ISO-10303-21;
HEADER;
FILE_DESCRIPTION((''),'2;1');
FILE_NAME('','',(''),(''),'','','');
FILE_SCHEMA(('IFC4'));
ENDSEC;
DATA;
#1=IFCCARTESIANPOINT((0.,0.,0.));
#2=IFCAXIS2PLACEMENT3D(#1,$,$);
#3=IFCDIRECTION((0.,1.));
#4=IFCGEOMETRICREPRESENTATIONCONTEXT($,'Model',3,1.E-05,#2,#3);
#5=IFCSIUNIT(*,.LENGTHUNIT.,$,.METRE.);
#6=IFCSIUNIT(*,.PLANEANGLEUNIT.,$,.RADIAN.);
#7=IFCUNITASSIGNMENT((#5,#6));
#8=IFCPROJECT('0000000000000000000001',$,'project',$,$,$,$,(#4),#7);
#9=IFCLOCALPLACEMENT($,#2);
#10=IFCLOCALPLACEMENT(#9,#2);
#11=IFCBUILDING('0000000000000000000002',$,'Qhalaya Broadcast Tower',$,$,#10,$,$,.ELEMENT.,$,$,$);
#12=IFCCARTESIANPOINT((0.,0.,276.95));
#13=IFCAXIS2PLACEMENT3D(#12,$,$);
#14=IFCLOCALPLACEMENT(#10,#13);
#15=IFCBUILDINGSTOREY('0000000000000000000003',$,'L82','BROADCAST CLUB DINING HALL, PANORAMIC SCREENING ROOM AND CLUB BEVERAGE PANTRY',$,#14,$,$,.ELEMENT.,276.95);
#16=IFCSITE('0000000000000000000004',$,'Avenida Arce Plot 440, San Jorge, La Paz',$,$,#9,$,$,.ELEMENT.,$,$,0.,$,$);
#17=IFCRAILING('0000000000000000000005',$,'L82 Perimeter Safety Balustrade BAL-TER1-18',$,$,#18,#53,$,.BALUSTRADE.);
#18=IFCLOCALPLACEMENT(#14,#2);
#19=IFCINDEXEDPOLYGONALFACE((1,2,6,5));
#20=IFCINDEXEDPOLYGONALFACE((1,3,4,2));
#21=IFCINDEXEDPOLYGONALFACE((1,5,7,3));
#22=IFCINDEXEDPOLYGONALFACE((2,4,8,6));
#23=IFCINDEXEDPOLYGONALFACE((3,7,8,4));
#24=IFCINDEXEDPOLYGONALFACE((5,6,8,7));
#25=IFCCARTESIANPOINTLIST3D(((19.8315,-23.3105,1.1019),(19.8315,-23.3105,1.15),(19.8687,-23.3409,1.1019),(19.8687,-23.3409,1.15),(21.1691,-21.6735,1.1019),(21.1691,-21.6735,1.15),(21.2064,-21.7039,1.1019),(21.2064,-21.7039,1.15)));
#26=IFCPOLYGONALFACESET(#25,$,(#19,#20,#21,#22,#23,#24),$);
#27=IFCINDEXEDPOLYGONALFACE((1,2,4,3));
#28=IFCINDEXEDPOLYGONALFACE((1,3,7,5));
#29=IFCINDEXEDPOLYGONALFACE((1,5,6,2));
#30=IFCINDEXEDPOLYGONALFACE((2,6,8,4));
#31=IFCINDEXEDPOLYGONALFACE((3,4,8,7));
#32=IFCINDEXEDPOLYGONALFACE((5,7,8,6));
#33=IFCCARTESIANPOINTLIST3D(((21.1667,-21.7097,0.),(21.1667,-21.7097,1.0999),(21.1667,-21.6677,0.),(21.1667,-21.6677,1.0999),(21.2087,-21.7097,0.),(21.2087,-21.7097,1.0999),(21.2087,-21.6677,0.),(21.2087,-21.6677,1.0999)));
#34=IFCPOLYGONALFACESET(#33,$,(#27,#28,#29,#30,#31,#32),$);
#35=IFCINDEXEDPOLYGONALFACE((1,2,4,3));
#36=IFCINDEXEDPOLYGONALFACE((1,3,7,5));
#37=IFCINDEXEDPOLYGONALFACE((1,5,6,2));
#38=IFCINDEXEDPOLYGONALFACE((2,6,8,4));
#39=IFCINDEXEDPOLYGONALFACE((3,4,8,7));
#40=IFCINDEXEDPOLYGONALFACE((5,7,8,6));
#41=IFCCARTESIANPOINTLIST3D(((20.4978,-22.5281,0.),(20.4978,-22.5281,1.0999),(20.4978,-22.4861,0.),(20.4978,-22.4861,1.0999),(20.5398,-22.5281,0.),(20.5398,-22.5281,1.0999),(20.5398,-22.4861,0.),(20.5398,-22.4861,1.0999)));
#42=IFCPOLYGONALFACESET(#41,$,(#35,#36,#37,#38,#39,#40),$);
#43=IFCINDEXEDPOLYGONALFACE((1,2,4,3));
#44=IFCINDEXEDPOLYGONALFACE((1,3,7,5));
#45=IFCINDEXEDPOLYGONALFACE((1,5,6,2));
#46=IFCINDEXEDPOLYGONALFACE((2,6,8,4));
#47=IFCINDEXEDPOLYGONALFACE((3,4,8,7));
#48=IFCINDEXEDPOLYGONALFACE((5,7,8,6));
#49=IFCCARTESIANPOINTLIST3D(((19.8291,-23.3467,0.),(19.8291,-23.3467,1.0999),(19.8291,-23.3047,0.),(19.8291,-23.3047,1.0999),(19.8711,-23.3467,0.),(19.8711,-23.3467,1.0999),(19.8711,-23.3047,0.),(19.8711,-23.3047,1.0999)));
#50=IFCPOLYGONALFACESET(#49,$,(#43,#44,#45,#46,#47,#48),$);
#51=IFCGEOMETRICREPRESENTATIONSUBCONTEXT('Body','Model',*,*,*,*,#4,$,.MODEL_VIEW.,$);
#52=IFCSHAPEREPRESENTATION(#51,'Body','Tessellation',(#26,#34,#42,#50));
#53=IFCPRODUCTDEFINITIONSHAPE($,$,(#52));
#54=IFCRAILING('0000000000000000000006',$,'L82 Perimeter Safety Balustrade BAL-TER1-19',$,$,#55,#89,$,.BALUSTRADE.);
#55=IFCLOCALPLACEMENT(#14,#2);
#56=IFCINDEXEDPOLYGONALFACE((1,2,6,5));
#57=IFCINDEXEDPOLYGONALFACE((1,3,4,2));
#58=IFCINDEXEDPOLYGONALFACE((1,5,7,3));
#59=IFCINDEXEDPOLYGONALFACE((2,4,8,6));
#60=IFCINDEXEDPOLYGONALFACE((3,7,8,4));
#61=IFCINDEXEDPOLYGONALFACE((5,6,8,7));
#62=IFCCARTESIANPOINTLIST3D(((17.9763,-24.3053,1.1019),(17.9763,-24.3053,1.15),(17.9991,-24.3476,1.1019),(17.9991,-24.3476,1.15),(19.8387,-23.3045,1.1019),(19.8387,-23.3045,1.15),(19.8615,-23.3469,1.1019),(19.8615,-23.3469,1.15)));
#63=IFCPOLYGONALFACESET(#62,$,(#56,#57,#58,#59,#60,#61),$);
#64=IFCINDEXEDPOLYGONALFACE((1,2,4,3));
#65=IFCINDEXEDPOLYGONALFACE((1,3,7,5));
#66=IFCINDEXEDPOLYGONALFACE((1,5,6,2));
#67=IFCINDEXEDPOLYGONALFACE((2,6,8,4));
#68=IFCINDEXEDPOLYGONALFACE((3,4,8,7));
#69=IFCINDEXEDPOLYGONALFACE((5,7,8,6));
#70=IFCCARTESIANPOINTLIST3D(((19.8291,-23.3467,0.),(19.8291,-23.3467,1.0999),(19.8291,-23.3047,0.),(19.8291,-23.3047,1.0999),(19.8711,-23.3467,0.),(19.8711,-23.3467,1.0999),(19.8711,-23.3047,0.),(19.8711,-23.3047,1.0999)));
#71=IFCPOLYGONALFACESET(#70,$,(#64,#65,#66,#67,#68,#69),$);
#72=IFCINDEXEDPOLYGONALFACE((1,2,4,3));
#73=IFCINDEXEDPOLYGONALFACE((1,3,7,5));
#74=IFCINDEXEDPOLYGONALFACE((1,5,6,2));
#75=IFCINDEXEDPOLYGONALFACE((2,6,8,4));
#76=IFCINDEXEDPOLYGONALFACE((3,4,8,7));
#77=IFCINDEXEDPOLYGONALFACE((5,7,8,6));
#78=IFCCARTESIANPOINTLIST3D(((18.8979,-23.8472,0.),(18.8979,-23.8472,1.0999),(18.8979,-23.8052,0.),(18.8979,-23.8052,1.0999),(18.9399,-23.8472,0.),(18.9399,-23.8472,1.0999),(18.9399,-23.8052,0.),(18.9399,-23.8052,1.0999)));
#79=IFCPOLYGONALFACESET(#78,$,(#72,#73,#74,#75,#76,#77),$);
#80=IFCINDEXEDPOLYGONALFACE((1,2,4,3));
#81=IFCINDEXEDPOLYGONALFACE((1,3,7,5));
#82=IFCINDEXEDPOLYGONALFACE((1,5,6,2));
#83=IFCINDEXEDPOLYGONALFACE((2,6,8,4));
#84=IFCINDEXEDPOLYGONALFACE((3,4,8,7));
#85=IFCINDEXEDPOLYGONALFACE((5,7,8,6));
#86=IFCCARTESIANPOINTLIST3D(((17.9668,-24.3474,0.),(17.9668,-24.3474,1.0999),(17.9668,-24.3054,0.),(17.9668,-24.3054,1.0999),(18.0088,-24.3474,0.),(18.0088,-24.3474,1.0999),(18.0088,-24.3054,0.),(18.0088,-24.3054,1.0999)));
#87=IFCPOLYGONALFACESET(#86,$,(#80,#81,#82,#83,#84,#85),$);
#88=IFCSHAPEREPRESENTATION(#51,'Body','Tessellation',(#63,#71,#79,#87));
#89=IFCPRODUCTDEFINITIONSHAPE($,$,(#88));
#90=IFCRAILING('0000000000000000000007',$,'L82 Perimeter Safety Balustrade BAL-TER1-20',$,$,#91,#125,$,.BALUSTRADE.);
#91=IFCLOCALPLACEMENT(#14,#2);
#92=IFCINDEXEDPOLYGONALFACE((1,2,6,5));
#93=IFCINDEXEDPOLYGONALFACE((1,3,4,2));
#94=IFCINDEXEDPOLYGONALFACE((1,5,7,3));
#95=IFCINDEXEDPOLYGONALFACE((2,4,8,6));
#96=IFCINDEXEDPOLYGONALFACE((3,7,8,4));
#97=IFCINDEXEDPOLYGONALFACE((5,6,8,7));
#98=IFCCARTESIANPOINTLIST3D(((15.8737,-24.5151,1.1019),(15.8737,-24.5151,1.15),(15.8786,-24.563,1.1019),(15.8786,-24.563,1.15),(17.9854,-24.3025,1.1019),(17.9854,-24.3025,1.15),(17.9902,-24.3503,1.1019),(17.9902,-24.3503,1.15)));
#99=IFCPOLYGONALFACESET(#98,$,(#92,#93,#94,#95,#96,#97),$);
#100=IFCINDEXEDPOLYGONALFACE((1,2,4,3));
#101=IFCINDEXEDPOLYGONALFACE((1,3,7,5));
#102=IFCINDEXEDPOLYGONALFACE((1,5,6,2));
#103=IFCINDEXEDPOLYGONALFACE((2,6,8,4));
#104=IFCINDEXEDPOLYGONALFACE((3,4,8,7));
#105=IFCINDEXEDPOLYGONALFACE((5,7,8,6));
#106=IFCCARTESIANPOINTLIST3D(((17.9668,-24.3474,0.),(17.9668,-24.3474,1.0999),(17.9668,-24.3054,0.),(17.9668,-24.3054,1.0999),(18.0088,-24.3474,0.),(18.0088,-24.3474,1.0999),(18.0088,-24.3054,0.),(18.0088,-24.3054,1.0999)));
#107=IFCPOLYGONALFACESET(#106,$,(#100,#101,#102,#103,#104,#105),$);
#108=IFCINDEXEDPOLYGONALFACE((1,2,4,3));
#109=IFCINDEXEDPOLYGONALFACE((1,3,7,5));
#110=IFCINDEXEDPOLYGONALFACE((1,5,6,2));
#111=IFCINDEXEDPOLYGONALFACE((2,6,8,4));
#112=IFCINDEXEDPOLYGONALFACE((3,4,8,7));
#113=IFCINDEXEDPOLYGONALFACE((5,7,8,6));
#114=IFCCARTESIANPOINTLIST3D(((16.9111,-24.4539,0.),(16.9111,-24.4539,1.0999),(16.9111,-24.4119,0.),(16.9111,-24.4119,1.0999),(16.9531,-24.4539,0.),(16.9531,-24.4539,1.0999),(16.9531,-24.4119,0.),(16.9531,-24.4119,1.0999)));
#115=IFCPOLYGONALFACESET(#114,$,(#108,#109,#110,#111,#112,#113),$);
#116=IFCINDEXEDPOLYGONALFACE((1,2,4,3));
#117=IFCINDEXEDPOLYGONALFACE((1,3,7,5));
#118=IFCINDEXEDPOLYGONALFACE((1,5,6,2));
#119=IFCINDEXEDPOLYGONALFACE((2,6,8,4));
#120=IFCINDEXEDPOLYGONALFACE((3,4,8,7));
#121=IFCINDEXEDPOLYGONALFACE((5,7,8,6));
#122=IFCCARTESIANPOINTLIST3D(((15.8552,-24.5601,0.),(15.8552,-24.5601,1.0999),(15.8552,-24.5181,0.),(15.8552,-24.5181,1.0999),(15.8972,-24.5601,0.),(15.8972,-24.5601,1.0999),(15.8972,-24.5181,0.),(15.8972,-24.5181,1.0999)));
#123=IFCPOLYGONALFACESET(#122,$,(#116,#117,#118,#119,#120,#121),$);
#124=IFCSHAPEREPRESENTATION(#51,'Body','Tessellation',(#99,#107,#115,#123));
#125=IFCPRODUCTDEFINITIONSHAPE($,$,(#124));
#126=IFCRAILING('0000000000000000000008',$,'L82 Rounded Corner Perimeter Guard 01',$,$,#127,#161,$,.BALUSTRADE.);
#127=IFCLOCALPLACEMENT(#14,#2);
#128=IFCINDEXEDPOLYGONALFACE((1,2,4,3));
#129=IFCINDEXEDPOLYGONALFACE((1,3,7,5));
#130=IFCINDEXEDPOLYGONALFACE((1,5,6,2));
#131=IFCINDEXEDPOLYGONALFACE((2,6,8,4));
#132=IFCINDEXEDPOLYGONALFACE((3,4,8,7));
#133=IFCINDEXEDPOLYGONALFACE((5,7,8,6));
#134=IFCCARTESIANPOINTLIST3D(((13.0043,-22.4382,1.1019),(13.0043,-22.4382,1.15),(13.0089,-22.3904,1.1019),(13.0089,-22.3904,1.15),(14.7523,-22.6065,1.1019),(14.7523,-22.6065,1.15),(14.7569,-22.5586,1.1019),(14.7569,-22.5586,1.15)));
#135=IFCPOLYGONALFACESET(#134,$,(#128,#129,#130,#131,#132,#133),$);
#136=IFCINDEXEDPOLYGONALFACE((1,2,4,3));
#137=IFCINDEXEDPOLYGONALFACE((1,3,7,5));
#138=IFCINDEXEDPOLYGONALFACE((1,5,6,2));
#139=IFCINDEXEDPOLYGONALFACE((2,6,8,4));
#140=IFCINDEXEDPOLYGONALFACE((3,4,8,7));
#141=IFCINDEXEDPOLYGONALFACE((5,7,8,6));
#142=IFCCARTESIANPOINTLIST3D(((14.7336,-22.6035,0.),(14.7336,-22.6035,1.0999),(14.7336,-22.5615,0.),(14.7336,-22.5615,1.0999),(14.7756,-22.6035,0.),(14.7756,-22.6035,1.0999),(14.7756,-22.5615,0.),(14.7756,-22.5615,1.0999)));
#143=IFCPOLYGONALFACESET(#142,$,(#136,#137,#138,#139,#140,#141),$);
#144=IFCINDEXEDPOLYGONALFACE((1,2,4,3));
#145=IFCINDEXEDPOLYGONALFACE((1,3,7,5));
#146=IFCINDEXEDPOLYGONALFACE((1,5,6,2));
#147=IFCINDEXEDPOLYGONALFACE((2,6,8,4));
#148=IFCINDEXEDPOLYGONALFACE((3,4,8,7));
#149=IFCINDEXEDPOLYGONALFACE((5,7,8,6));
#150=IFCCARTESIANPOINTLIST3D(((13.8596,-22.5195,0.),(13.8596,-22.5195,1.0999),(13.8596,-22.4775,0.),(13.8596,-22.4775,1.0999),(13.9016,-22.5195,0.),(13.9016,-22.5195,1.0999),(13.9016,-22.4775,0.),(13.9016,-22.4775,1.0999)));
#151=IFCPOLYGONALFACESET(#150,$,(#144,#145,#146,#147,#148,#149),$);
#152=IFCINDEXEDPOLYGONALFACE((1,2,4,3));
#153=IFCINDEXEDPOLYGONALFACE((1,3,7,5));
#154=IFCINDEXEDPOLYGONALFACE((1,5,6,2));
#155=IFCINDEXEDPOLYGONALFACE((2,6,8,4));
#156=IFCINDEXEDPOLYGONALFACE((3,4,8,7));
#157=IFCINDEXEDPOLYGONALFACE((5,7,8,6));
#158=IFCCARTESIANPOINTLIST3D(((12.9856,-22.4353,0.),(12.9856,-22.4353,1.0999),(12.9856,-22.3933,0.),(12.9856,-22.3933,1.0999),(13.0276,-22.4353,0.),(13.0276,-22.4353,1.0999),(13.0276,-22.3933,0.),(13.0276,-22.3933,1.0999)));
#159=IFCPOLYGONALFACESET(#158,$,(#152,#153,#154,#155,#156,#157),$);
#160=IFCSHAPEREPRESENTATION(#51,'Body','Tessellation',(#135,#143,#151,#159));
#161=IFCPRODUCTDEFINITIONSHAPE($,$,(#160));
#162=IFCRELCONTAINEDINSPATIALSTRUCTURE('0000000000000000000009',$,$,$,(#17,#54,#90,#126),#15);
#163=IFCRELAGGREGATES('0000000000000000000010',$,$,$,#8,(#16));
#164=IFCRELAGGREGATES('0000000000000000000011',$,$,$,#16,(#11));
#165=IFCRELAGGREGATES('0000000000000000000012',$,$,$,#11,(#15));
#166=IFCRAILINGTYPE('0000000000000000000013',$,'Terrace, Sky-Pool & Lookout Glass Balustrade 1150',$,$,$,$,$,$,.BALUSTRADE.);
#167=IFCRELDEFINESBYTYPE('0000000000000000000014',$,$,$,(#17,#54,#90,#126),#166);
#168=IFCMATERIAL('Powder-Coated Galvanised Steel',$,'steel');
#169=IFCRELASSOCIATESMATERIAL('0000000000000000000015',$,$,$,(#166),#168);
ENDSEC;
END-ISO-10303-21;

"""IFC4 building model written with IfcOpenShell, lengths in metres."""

from ifc_helpers import new_model, si_unit, direction, frame, origin, origin_2d, place, context, subcontext, project, spatial, rectangle, extrude, material, type_object, element, save


model = new_model("IFC4")

# Units and contexts
model_context = context("Model", 3, precision=1e-05, world=origin(), true_north=direction((0.0, 1.0)))
body_context = subcontext(model_context, "Body", "Model", "MODEL_VIEW")
ifc_project = project(units=[si_unit("LENGTHUNIT", "METRE"), si_unit("PLANEANGLEUNIT", "RADIAN")], contexts=[model_context])

# Site, building, storey
site_placement = place(None, origin())
site = spatial("IfcSite", under=ifc_project, at=site_placement, Name="Avenida Arce Plot 440, San Jorge, La Paz", CompositionType="ELEMENT", RefElevation=0.0)
building_placement = place(site_placement, origin())
building = spatial("IfcBuilding", under=site, at=building_placement, Name="Qhalaya Broadcast Tower", CompositionType="ELEMENT")
storey_placement = place(building_placement, frame((0.0, 0.0, 276.95)))
storey = spatial("IfcBuildingStorey", under=building, at=storey_placement, Name="L82", Description="BROADCAST CLUB DINING HALL, PANORAMIC SCREENING ROOM AND CLUB BEVERAGE PANTRY", CompositionType="ELEMENT", Elevation=276.95)

# Railings
ifc_material_1 = material(Name="Powder-Coated Galvanised Steel", Category="steel")
railing_type = type_object("IfcRailingType", Name="Terrace, Sky-Pool & Lookout Glass Balustrade 1150", PredefinedType="BALUSTRADE", material=ifc_material_1)
railing_1_placement = place(storey_placement, frame((21.1877, -21.6887, 0.0)))
element("IfcRailing", 1, at=railing_1_placement, inside=storey, type_object=railing_type, Name="L82 Perimeter Safety Balustrade BAL-TER1-18", PredefinedType="BALUSTRADE", context=body_context, shape_type="SweptSolid", body=[
    extrude(rectangle(XDim=0.0481, YDim=0.0481, at=origin_2d()), frame((0.0, 0.0, 1.126), z_axis=(-0.63276, -0.774348, 0.0), x_axis=(0.774348, -0.63276, 0.0)), (0.0, 0.0, 1.0), 2.114),
    extrude(rectangle(XDim=0.042, YDim=0.042, at=origin_2d()), origin(), (0.0, 0.0, 1.0), 1.0999),
    extrude(rectangle(XDim=0.042, YDim=0.042, at=origin_2d()), frame((-0.6689, -0.8184, 0.0)), (0.0, 0.0, 1.0), 1.0999),
    extrude(rectangle(XDim=0.042, YDim=0.042, at=origin_2d()), frame((-1.3376, -1.637, 0.0)), (0.0, 0.0, 1.0), 1.0999),
])
railing_2_placement = place(storey_placement, frame((19.8501, -23.3257, 0.0)))
element("IfcRailing", 2, at=railing_2_placement, inside=storey, type_object=railing_type, Name="L82 Perimeter Safety Balustrade BAL-TER1-19", PredefinedType="BALUSTRADE", context=body_context, shape_type="SweptSolid", body=[
    extrude(rectangle(XDim=0.0481, YDim=0.0481, at=origin_2d()), frame((0.0, 0.0, 1.126), z_axis=(-0.880875, -0.473349, 0.0), x_axis=(0.473349, -0.880875, 0.0)), (0.0, 0.0, 1.0), 2.1143),
    extrude(rectangle(XDim=0.042, YDim=0.042, at=origin_2d()), origin(), (0.0, 0.0, 1.0), 1.0999),
    extrude(rectangle(XDim=0.042, YDim=0.042, at=origin_2d()), frame((-0.9312, -0.5005, 0.0)), (0.0, 0.0, 1.0), 1.0999),
    extrude(rectangle(XDim=0.042, YDim=0.042, at=origin_2d()), frame((-1.8623, -1.0007, 0.0)), (0.0, 0.0, 1.0), 1.0999),
])
railing_3_placement = place(storey_placement, frame((17.9878, -24.3264, 0.0)))
element("IfcRailing", 3, at=railing_3_placement, inside=storey, type_object=railing_type, Name="L82 Perimeter Safety Balustrade BAL-TER1-20", PredefinedType="BALUSTRADE", context=body_context, shape_type="SweptSolid", body=[
    extrude(rectangle(XDim=0.0481, YDim=0.0481, at=origin_2d()), frame((0.0, 0.0, 1.126), z_axis=(-0.994967, -0.100198, 0.0), x_axis=(0.100198, -0.994967, 0.0)), (0.0, 0.0, 1.0), 2.1223),
    extrude(rectangle(XDim=0.042, YDim=0.042, at=origin_2d()), origin(), (0.0, 0.0, 1.0), 1.0999),
    extrude(rectangle(XDim=0.042, YDim=0.042, at=origin_2d()), frame((-1.0557, -0.1064, 0.0)), (0.0, 0.0, 1.0), 1.0999),
    extrude(rectangle(XDim=0.042, YDim=0.042, at=origin_2d()), frame((-2.1116, -0.2126, 0.0)), (0.0, 0.0, 1.0), 1.0999),
])
railing_4_placement = place(storey_placement, frame((14.7546, -22.5825, 0.0)))
element("IfcRailing", 4, at=railing_4_placement, inside=storey, type_object=railing_type, Name="L82 Rounded Corner Perimeter Guard 01", PredefinedType="BALUSTRADE", context=body_context, shape_type="SweptSolid", body=[
    extrude(rectangle(XDim=0.0481, YDim=0.0481, at=origin_2d()), frame((0.0, 0.0, 1.126), z_axis=(-0.995402, 0.095787, 0.0), x_axis=(-0.095787, -0.995402, 0.0)), (0.0, 0.0, 1.0), 1.7561),
    extrude(rectangle(XDim=0.042, YDim=0.042, at=origin_2d()), origin(), (0.0, 0.0, 1.0), 1.0999),
    extrude(rectangle(XDim=0.042, YDim=0.042, at=origin_2d()), frame((-0.874, 0.084, 0.0)), (0.0, 0.0, 1.0), 1.0999),
    extrude(rectangle(XDim=0.042, YDim=0.042, at=origin_2d()), frame((-1.748, 0.1682, 0.0)), (0.0, 0.0, 1.0), 1.0999),
])

save(model, "model.ifc")
